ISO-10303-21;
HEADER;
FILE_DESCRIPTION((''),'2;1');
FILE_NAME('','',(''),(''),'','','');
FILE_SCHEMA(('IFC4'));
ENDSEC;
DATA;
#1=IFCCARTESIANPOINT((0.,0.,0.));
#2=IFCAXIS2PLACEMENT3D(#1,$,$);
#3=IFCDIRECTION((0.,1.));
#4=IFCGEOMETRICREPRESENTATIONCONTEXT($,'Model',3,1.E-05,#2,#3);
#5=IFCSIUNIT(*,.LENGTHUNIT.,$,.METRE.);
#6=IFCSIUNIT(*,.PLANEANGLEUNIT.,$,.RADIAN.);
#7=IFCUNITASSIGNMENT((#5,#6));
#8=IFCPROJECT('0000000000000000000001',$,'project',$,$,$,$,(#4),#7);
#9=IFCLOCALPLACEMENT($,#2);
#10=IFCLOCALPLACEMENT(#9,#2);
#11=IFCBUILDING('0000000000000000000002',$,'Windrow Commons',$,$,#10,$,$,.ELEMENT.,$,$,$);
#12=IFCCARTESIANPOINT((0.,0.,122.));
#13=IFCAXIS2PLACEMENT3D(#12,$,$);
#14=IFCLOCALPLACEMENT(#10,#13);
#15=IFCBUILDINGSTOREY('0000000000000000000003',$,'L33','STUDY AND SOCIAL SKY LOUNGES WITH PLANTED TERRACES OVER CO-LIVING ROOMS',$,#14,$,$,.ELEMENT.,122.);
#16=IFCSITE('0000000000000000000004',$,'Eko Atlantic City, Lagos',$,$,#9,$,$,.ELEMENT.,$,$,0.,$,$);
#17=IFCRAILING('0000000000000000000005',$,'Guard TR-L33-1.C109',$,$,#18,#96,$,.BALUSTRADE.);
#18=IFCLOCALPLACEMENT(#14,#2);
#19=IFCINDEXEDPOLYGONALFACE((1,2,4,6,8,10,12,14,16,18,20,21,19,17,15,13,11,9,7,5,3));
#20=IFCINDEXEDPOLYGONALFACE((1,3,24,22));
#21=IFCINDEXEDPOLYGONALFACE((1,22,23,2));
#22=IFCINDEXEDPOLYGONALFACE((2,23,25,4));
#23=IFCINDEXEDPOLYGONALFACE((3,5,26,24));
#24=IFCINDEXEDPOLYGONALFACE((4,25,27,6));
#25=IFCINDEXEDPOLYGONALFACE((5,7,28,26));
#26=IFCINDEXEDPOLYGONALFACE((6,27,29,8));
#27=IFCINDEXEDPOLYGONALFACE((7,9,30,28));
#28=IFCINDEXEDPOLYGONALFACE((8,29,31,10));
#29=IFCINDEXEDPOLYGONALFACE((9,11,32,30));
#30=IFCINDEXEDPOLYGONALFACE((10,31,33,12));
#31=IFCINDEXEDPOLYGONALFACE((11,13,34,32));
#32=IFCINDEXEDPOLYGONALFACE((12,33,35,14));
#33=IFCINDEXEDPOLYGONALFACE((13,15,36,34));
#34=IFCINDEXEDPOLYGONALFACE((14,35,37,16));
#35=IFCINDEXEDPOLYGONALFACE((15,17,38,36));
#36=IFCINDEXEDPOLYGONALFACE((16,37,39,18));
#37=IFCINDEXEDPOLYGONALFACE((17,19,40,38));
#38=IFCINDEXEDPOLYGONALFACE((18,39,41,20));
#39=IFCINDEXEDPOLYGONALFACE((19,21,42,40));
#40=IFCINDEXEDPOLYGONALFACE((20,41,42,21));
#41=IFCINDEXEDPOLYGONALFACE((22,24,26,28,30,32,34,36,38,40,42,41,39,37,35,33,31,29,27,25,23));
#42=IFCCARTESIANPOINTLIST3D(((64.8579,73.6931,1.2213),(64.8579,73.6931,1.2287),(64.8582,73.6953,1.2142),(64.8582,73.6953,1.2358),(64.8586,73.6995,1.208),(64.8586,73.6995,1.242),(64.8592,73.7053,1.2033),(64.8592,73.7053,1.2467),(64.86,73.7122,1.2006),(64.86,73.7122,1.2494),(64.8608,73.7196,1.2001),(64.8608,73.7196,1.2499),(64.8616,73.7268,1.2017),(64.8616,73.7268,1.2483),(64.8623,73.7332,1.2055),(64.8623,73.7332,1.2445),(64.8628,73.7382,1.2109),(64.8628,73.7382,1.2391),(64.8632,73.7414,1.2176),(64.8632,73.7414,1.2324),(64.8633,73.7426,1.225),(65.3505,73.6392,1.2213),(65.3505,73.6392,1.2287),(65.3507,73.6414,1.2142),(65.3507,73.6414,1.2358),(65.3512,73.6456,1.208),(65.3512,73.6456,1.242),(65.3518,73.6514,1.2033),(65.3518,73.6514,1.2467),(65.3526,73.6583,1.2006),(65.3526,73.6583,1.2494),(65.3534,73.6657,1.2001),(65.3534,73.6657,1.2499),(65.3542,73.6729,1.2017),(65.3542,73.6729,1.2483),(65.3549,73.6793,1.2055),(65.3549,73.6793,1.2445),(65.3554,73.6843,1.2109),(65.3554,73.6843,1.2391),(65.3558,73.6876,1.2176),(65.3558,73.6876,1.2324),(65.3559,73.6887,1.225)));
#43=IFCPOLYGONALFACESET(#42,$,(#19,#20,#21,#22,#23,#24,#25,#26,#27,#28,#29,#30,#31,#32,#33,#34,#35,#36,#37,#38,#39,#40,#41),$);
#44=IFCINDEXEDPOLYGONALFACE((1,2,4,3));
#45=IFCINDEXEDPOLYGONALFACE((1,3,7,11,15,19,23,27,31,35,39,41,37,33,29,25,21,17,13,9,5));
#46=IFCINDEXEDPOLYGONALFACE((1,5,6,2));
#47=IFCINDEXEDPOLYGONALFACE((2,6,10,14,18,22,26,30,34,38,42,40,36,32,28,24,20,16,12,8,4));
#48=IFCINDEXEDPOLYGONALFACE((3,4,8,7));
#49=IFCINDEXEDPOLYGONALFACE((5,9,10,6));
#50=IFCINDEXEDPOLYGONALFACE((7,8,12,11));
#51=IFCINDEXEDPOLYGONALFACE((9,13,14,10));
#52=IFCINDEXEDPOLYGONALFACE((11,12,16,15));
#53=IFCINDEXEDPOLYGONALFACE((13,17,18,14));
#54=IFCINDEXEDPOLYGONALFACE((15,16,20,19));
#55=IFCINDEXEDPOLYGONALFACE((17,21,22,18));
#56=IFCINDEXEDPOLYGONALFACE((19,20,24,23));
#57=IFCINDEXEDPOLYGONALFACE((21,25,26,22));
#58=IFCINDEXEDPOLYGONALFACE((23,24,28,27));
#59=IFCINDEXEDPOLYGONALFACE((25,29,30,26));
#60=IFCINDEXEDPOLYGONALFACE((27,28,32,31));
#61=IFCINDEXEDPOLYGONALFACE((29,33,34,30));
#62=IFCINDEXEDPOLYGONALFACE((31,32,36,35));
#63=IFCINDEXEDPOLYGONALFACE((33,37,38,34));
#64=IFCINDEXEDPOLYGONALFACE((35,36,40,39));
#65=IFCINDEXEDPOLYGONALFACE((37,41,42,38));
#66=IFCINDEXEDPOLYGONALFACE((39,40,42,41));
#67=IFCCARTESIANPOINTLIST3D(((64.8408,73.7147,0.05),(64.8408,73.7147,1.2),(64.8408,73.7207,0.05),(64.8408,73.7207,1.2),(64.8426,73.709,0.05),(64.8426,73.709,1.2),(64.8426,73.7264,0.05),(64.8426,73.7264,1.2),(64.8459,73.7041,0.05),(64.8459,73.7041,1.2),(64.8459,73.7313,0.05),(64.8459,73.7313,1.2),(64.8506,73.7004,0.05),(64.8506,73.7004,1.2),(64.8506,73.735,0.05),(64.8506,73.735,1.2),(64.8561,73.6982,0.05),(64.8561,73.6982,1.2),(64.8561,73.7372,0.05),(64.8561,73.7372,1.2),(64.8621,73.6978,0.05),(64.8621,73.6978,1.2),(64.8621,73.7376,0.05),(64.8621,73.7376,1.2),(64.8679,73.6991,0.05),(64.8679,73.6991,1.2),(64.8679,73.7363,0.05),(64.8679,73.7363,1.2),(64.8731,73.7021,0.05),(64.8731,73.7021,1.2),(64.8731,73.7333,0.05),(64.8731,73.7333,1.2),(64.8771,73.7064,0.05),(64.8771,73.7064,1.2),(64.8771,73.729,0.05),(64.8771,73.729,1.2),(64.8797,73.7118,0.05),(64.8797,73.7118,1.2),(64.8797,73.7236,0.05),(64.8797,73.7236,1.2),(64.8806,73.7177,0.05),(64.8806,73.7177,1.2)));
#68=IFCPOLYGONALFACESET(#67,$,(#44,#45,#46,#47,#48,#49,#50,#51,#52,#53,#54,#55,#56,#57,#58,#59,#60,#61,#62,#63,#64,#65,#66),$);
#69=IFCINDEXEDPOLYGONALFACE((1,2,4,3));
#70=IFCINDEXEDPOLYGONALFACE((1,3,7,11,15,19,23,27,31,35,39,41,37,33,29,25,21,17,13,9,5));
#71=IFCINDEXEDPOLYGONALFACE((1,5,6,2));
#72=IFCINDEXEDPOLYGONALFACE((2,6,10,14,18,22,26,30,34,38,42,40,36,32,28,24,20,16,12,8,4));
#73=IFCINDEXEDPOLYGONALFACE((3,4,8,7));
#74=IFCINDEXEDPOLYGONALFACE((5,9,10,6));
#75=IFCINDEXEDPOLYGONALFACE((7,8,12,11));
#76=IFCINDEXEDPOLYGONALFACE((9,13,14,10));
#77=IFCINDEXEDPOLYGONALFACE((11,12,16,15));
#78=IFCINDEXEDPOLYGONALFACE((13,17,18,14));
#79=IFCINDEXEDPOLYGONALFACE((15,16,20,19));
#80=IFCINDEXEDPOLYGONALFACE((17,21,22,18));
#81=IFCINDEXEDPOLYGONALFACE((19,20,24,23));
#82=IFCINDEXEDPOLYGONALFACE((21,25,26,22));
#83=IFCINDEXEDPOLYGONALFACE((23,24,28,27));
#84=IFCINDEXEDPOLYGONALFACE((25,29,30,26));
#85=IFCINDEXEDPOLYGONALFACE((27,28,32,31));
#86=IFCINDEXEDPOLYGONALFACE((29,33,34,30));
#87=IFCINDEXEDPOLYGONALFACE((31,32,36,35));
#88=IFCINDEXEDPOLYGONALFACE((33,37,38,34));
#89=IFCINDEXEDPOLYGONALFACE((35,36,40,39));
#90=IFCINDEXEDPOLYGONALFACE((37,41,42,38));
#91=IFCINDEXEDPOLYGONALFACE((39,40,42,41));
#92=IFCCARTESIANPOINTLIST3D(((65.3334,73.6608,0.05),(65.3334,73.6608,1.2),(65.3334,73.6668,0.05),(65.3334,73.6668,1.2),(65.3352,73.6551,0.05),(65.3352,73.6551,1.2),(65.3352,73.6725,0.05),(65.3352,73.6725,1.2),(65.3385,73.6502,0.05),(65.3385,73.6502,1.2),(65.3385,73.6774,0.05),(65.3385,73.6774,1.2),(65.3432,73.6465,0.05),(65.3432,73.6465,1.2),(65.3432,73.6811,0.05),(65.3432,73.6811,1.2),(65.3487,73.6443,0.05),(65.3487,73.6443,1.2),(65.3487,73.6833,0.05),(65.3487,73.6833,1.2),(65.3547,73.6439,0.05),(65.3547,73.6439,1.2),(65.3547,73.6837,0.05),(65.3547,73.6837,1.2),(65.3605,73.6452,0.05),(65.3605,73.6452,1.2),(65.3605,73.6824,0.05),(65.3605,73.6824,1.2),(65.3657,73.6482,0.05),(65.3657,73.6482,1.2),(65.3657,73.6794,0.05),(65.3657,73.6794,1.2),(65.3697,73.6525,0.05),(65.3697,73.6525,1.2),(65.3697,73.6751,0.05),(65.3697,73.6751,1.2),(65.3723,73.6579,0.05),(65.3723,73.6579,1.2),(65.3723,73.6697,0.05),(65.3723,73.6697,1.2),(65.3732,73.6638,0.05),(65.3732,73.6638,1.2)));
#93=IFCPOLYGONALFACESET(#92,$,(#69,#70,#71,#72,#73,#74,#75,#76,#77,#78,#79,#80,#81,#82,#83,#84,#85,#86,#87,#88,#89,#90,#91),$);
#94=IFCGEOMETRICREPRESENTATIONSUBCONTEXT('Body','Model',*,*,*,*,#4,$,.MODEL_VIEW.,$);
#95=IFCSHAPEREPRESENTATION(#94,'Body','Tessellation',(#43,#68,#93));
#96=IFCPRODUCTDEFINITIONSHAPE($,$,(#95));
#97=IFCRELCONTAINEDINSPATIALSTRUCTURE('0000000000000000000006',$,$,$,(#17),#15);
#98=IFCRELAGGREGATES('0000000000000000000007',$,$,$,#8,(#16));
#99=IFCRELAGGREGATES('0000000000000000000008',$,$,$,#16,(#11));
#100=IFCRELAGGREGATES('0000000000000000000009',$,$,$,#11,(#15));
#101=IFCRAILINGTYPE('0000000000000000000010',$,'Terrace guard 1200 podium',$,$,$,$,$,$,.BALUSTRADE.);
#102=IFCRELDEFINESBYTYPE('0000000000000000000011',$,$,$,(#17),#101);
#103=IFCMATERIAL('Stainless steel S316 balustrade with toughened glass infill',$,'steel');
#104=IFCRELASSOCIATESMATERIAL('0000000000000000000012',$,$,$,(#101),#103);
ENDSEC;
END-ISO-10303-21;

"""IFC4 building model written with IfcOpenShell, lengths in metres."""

from ifc_helpers import new_model, si_unit, direction, frame, origin, origin_2d, place, context, subcontext, project, spatial, circle, extrude, material, type_object, element, save


model = new_model("IFC4")

# Units and contexts
model_context = context("Model", 3, precision=1e-05, world=origin(), true_north=direction((0.0, 1.0)))
body_context = subcontext(model_context, "Body", "Model", "MODEL_VIEW")
ifc_project = project(units=[si_unit("LENGTHUNIT", "METRE"), si_unit("PLANEANGLEUNIT", "RADIAN")], contexts=[model_context])

# Site, building, storey
site_placement = place(None, origin())
site = spatial("IfcSite", under=ifc_project, at=site_placement, Name="Eko Atlantic City, Lagos", CompositionType="ELEMENT", RefElevation=0.0)
building_placement = place(site_placement, origin())
building = spatial("IfcBuilding", under=site, at=building_placement, Name="Windrow Commons", CompositionType="ELEMENT")
storey_placement = place(building_placement, frame((0.0, 0.0, 122.0)))
storey = spatial("IfcBuildingStorey", under=building, at=storey_placement, Name="L33", Description="STUDY AND SOCIAL SKY LOUNGES WITH PLANTED TERRACES OVER CO-LIVING ROOMS", CompositionType="ELEMENT", Elevation=122.0)

# Railing
ifc_material_1 = material(Name="Stainless steel S316 balustrade with toughened glass infill", Category="steel")
railing_type_1 = type_object("IfcRailingType", Name="Terrace guard 1200 podium", PredefinedType="BALUSTRADE", material=ifc_material_1)
railing_1_placement = place(storey_placement, frame((64.8606, 73.7177, 0.05)))
element("IfcRailing", 1, at=railing_1_placement, inside=storey, type_object=railing_type_1, Name="Guard TR-L33-1.C109", PredefinedType="BALUSTRADE", context=body_context, shape_type="SweptSolid", body=[
    extrude(circle(Radius=0.025, at=origin_2d()), frame((0.0, 0.0, 1.175), z_axis=(0.994067, -0.10877, 0.0), x_axis=(0.10877, 0.994067, 0.0)), (0.0, 0.0, 1.0), 0.4955),
    extrude(circle(Radius=0.02, at=origin_2d()), origin(), (0.0, 0.0, 1.0), 1.15),
    extrude(circle(Radius=0.02, at=origin_2d()), frame((0.4926, -0.0539, 0.0)), (0.0, 0.0, 1.0), 1.15),
])

save(model, "model.ifc")
